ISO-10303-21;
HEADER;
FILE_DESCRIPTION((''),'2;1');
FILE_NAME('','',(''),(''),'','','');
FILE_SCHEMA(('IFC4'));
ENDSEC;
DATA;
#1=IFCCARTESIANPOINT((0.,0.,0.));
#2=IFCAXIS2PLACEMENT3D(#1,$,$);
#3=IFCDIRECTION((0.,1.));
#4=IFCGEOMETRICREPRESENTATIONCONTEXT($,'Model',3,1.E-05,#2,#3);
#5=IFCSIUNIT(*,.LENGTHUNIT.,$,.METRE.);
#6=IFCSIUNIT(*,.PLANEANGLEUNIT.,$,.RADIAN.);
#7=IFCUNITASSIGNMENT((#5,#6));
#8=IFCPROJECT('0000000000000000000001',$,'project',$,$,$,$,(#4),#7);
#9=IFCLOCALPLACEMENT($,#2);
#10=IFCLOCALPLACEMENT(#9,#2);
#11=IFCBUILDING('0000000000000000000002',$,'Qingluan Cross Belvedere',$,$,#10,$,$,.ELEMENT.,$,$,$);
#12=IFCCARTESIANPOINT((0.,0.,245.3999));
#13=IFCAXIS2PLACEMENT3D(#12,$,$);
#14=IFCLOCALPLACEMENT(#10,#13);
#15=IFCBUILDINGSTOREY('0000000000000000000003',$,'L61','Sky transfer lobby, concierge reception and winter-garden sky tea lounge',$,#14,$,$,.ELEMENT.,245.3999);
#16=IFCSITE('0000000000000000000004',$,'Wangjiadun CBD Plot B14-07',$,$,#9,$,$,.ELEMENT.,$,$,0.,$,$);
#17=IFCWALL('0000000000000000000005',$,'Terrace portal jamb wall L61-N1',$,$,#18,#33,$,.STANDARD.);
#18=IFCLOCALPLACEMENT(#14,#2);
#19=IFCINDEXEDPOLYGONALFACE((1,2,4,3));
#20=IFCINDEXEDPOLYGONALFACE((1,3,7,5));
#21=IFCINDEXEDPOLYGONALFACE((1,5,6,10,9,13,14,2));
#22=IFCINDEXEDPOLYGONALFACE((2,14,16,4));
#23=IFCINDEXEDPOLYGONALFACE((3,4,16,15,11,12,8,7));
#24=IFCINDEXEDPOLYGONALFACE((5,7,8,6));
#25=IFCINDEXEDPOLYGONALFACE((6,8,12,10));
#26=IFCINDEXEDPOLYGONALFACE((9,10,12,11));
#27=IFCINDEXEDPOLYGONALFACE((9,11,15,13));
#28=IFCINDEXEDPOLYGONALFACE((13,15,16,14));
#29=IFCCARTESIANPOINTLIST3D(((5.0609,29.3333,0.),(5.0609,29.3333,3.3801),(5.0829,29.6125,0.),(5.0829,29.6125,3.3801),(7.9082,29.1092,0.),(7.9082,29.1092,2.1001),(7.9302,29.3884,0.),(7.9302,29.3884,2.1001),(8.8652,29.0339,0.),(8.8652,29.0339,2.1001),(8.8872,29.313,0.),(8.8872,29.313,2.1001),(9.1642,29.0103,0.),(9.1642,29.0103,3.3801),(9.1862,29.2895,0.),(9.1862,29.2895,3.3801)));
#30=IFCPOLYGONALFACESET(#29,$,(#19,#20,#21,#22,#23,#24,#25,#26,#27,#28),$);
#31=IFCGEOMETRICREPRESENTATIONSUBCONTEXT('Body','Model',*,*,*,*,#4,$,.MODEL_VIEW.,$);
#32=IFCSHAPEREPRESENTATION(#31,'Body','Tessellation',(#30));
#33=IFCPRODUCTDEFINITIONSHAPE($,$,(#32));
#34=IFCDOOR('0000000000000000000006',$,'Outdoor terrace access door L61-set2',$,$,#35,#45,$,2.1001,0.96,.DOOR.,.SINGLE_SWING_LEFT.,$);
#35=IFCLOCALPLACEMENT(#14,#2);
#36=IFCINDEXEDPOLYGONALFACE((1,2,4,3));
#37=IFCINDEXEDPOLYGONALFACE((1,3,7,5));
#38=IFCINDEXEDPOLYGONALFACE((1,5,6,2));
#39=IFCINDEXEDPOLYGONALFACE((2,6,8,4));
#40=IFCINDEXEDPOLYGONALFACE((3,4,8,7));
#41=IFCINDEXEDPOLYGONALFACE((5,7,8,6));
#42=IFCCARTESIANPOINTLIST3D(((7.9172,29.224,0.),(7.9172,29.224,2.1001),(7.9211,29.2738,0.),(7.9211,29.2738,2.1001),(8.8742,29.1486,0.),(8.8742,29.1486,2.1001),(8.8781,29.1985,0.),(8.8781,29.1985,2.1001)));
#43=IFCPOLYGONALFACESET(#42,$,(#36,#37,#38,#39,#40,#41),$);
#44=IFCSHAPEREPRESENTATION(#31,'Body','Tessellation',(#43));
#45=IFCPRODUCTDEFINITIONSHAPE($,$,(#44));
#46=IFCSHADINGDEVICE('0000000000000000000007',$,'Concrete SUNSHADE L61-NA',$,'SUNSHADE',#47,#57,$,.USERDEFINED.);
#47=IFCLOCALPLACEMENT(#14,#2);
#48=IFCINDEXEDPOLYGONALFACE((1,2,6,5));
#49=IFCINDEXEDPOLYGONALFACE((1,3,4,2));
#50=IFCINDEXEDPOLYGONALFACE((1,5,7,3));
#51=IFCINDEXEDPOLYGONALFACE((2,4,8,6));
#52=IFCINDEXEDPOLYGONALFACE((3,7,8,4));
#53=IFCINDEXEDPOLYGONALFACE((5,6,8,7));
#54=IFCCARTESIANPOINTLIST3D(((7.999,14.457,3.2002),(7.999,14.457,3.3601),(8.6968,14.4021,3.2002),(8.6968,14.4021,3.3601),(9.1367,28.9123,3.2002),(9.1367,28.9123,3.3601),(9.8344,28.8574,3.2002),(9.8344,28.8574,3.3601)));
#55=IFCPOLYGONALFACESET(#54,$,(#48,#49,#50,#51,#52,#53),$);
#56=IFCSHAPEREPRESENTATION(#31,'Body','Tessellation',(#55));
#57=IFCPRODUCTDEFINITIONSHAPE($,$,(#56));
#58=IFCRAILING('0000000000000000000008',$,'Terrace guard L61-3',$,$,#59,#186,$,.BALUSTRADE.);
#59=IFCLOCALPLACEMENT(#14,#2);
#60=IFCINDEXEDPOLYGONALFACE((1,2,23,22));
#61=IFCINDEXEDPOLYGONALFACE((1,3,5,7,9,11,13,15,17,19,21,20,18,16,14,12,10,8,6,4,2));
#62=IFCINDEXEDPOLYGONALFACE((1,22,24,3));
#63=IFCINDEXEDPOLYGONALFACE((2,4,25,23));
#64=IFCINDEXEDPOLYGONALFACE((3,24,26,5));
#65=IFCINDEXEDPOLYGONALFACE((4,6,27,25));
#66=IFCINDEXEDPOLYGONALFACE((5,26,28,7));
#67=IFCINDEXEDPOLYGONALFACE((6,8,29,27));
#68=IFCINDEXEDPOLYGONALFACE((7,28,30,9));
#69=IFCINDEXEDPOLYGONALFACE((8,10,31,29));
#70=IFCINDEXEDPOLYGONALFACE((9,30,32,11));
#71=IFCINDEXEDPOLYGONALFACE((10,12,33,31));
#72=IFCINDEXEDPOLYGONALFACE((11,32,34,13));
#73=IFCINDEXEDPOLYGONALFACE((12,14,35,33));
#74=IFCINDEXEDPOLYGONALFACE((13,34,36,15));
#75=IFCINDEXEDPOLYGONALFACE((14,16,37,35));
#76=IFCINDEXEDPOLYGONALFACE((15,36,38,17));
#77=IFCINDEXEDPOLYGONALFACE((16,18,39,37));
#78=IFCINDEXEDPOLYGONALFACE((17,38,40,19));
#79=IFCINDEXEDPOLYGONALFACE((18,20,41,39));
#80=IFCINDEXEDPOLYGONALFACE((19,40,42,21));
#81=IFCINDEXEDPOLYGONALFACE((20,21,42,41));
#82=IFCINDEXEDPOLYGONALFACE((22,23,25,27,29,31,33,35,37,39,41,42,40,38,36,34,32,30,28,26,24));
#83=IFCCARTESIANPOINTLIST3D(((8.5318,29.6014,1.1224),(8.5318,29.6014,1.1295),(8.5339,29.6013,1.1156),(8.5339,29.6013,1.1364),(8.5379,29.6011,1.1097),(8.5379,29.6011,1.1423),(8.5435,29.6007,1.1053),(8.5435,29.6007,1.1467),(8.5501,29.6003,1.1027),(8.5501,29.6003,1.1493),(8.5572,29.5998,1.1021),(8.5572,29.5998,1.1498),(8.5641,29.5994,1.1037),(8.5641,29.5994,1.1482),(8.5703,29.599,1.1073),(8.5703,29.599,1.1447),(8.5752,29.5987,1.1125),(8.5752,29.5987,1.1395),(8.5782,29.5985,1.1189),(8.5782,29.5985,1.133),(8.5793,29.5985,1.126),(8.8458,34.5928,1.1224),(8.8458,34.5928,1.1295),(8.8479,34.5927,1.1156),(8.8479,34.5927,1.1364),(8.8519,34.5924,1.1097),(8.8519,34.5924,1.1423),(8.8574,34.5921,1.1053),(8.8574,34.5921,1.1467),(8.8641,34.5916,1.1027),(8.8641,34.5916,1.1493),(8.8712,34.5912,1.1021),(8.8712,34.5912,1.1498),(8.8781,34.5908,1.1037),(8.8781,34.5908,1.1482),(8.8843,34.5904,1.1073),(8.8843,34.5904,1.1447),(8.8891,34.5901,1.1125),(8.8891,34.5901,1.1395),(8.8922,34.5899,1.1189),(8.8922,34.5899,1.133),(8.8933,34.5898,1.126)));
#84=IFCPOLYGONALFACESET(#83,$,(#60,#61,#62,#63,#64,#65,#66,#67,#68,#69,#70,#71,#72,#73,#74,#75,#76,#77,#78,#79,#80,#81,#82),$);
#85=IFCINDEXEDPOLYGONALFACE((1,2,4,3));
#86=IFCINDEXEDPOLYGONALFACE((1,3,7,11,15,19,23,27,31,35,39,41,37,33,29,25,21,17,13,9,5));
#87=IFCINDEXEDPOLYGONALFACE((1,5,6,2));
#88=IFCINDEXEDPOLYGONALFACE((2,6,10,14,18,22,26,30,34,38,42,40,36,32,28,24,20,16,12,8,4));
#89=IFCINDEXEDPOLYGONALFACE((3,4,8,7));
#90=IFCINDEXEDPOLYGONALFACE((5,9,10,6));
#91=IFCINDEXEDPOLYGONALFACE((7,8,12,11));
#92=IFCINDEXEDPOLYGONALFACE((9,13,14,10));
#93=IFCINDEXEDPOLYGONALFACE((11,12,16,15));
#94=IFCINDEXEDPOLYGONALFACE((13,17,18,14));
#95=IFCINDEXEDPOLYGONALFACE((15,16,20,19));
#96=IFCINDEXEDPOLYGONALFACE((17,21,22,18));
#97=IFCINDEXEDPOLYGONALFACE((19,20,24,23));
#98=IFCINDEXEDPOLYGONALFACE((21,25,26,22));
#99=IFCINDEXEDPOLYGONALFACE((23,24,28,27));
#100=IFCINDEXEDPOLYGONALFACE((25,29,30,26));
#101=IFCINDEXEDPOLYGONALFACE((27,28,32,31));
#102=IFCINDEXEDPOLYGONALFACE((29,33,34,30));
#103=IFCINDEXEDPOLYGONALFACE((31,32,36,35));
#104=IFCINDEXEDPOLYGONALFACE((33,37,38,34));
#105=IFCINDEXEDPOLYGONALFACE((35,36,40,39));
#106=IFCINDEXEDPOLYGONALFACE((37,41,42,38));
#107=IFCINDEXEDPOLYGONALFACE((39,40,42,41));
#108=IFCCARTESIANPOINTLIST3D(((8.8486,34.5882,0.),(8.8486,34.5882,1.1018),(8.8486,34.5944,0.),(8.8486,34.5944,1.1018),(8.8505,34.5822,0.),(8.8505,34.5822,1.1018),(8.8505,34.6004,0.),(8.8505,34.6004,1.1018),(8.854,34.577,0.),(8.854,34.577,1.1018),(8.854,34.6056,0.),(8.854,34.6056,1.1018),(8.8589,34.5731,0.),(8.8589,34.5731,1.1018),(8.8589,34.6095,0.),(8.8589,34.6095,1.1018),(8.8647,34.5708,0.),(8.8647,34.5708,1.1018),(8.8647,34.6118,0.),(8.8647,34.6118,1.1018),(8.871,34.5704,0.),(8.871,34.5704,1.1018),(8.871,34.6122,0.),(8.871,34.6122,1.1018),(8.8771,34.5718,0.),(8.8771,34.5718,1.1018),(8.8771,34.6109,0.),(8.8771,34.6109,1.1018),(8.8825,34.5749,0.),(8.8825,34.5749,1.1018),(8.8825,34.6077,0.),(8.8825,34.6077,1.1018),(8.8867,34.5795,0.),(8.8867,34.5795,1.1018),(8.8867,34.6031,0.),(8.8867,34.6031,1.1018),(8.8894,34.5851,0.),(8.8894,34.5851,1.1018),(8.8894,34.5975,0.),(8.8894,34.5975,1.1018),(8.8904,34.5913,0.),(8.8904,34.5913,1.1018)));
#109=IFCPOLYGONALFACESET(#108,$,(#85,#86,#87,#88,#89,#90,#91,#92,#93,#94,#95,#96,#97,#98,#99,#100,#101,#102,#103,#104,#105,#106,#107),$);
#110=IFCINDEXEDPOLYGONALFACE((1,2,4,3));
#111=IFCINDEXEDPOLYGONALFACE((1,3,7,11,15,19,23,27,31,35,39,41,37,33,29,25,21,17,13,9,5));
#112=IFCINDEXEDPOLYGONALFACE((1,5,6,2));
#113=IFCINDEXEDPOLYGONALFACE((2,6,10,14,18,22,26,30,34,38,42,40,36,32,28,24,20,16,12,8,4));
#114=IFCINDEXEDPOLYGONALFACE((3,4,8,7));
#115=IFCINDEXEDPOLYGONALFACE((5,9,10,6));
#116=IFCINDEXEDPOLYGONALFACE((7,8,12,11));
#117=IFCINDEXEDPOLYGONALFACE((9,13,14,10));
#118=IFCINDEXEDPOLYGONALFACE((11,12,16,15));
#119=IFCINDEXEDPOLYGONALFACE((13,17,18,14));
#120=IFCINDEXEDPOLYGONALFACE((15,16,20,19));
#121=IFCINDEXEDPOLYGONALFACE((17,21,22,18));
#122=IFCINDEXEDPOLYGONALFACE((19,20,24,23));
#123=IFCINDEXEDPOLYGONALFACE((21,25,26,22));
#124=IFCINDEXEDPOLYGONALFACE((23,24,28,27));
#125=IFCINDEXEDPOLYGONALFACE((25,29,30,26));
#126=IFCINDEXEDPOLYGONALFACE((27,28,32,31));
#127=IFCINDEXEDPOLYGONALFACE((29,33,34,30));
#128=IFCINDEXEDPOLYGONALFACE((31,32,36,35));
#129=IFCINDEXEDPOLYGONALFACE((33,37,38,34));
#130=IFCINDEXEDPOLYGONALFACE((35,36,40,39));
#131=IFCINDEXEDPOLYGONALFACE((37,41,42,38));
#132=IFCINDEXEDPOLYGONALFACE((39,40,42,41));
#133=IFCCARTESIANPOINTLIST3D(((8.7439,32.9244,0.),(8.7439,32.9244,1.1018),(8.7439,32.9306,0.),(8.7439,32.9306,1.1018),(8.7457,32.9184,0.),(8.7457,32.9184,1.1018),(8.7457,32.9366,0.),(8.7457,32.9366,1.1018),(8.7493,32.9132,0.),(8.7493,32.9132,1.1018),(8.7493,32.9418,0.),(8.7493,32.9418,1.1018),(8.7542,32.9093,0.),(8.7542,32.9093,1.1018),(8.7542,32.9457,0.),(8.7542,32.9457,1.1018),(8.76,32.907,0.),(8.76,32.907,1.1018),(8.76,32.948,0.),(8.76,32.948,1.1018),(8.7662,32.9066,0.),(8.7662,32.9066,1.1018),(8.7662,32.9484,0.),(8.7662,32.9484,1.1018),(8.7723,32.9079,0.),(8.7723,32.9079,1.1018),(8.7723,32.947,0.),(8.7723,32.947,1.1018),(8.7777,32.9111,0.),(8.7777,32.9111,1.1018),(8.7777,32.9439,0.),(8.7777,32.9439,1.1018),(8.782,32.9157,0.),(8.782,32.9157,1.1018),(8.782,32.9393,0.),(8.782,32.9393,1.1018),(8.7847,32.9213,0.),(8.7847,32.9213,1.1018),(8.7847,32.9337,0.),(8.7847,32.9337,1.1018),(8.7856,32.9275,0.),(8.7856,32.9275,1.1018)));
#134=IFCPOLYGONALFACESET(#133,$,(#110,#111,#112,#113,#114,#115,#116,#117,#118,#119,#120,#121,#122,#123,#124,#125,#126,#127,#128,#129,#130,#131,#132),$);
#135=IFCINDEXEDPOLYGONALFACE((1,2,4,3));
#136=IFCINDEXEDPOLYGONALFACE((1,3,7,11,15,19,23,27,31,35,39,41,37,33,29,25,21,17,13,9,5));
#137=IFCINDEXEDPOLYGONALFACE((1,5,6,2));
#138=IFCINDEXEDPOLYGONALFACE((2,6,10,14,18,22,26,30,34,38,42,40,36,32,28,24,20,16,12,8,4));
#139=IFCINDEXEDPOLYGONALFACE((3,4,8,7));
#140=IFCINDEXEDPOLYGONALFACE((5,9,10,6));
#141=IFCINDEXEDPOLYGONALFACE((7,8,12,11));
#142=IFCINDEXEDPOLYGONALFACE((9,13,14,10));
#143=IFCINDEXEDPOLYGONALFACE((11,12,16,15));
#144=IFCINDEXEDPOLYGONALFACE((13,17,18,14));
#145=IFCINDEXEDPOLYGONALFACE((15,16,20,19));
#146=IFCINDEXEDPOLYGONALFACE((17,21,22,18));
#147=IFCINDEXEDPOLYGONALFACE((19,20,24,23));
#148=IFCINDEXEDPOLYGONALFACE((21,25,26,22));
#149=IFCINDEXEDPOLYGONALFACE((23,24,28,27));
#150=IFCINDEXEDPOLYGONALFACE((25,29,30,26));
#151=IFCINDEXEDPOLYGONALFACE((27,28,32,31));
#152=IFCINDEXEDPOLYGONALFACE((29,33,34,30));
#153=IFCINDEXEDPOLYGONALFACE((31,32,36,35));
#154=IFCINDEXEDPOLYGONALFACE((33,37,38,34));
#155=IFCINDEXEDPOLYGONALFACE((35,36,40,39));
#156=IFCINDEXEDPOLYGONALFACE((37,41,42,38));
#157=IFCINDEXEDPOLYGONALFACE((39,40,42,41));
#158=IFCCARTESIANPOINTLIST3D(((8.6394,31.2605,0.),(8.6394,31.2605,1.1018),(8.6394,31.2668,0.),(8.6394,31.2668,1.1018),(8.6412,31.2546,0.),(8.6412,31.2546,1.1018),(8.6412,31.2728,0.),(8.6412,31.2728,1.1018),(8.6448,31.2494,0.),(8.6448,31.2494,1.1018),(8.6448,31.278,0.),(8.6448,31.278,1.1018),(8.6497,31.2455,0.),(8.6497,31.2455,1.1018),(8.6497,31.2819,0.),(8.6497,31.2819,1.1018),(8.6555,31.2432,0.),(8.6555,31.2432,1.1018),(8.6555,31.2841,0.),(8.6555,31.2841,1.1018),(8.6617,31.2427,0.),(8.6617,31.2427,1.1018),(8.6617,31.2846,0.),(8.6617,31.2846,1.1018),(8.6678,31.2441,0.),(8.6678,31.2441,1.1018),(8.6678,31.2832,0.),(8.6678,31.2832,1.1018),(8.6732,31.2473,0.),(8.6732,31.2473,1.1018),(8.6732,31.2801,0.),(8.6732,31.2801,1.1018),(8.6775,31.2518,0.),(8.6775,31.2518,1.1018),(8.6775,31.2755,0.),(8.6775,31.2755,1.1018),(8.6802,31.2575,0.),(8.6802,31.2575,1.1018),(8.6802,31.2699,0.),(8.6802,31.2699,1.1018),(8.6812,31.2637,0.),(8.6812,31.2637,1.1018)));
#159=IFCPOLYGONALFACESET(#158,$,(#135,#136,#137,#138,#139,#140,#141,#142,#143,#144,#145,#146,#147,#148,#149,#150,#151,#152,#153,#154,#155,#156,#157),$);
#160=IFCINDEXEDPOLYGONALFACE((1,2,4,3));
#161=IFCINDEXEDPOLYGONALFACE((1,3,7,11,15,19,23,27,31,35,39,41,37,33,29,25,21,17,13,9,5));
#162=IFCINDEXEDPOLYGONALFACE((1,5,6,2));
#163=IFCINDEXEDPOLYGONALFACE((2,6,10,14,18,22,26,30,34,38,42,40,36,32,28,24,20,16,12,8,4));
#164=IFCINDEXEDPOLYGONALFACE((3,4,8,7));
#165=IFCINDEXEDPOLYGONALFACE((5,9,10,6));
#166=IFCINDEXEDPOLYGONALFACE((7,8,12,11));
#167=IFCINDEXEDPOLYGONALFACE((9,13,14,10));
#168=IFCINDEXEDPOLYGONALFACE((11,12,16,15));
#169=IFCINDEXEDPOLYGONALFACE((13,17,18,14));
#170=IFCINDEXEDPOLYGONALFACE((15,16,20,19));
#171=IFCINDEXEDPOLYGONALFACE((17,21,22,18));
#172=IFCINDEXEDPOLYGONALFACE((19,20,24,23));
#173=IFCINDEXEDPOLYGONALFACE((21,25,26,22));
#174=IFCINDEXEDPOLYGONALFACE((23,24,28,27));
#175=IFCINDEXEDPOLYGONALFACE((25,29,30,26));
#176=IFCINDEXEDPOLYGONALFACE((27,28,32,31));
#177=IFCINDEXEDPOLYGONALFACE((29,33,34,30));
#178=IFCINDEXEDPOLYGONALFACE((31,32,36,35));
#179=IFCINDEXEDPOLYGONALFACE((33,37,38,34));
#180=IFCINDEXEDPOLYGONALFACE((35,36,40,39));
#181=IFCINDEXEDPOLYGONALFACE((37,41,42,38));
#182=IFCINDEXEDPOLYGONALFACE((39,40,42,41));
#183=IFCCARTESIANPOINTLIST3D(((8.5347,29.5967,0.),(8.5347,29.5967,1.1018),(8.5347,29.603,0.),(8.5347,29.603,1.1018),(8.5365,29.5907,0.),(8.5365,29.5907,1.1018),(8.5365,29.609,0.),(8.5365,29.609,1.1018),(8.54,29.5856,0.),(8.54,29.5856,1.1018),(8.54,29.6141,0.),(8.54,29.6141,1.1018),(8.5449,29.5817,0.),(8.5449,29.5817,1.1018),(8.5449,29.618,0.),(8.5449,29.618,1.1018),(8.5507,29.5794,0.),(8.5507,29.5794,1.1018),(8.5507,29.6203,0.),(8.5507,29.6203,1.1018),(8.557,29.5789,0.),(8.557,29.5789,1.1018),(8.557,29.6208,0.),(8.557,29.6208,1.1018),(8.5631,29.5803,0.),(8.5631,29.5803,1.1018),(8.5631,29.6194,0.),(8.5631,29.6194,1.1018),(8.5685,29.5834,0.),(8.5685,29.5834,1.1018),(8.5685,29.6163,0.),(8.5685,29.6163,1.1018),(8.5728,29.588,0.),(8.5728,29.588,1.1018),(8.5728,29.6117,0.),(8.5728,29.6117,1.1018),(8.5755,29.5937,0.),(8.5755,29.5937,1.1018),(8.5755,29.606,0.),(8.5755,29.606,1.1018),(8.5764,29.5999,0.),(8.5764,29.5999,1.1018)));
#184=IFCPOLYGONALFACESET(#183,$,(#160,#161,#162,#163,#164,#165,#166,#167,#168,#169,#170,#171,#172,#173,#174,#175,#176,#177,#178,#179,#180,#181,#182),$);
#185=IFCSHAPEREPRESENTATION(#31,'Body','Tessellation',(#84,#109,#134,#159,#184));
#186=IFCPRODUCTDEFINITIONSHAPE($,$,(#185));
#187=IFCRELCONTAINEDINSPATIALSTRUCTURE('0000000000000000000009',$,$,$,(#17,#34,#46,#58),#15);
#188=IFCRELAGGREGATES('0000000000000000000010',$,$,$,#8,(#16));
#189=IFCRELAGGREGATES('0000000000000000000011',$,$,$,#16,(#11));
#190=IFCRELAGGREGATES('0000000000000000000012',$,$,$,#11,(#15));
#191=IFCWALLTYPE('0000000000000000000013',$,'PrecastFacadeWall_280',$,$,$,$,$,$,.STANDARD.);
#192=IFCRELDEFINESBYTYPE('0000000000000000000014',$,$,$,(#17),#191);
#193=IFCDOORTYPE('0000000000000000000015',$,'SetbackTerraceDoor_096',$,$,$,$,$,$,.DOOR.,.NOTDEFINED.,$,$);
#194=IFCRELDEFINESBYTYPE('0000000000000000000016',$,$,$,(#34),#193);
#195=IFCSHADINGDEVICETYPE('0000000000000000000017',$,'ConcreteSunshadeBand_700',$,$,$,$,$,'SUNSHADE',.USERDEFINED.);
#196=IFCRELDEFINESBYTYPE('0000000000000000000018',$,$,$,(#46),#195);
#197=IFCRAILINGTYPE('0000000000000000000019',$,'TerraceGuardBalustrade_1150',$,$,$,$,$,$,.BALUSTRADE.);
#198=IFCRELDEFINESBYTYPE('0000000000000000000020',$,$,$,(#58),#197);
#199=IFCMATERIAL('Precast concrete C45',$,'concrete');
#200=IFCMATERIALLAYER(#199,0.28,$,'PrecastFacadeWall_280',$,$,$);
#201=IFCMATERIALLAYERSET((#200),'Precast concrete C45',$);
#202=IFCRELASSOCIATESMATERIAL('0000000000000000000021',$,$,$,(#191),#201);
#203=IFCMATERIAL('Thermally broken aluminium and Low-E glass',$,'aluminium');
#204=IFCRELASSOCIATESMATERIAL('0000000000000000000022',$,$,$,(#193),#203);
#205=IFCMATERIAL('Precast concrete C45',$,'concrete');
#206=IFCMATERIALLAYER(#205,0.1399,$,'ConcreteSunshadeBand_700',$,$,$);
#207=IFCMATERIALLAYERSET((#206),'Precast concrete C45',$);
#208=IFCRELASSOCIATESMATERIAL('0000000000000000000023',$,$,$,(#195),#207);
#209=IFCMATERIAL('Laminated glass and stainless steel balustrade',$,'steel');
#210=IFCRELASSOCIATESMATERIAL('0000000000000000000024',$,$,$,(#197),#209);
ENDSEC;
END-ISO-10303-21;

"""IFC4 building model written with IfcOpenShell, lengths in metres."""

from ifc_helpers import new_model, si_unit, direction, frame, frame_2d, origin, origin_2d, place, context, subcontext, project, spatial, rectangle, circle, extrude, material, layer, layer_set, type_object, element, fill, save


model = new_model("IFC4")

# Units and contexts
model_context = context("Model", 3, precision=1e-05, world=origin(), true_north=direction((0.0, 1.0)))
body_context = subcontext(model_context, "Body", "Model", "MODEL_VIEW")
ifc_project = project(units=[si_unit("LENGTHUNIT", "METRE"), si_unit("PLANEANGLEUNIT", "RADIAN")], contexts=[model_context])

# Site, building, storey
site_placement = place(None, origin())
site = spatial("IfcSite", under=ifc_project, at=site_placement, Name="Wangjiadun CBD Plot B14-07", CompositionType="ELEMENT", RefElevation=0.0)
building_placement = place(site_placement, origin())
building = spatial("IfcBuilding", under=site, at=building_placement, Name="Qingluan Cross Belvedere", CompositionType="ELEMENT")
storey_placement = place(building_placement, frame((0.0, 0.0, 245.3999)))
storey = spatial("IfcBuildingStorey", under=building, at=storey_placement, Name="L61", Description="Sky transfer lobby, concierge reception and winter-garden sky tea lounge", CompositionType="ELEMENT", Elevation=245.3999)

# Wall, opening, door
ifc_material_1 = material(Name="Precast concrete C45", Category="concrete")
ifc_layer_1 = layer(ifc_material_1, 0.28, Name="PrecastFacadeWall_280")
ifc_layer_set_1 = layer_set([ifc_layer_1], Name="Precast concrete C45")
wall_type_1 = type_object("IfcWallType", Name="PrecastFacadeWall_280", PredefinedType="STANDARD", material=ifc_layer_set_1)
wall_1_placement = place(storey_placement, frame((9.1753, 29.1499, 0.0), z_axis=(0.0, 0.0, 1.0), x_axis=(-0.996916, 0.078474, 0.0)))
wall_1 = element("IfcWall", 1, at=wall_1_placement, inside=storey, type_object=wall_type_1, Name="Terrace portal jamb wall L61-N1", PredefinedType="STANDARD", context=body_context, shape_type="SweptSolid", body=[
    extrude(rectangle(XDim=4.116, YDim=0.28, at=frame_2d((2.0581, 0.0))), origin(), (0.0, 0.0, 1.0), 3.3801),
])
opening_placement = place(wall_1_placement, frame((0.3, 0.0, 0.0)))
opening = element("IfcOpeningElement", 2, at=opening_placement, cuts=wall_1, PredefinedType="OPENING", context=body_context, shape_type="SweptSolid", body=[
    extrude(rectangle(XDim=0.96, YDim=2.1001, at=frame_2d((0.48, 1.05))), frame((0.0, 0.1499, 0.0), z_axis=(0.0, -1.0, 0.0), x_axis=(1.0, 0.0, 0.0)), (0.0, 0.0, 1.0), 0.3),
])
ifc_material_2 = material(Name="Thermally broken aluminium and Low-E glass", Category="aluminium")
door_type = type_object("IfcDoorType", Name="SetbackTerraceDoor_096", OperationType="NOTDEFINED", PredefinedType="DOOR", material=ifc_material_2)
door_placement = place(opening_placement, origin())
door = element("IfcDoor", 3, at=door_placement, inside=storey, type_object=door_type, Name="Outdoor terrace access door L61-set2", OperationType="SINGLE_SWING_LEFT", OverallHeight=2.1001, OverallWidth=0.96, PredefinedType="DOOR", context=body_context, shape_type="SweptSolid", body=[
    extrude(rectangle(XDim=0.96, YDim=2.1001, at=frame_2d((0.48, 1.05))), frame((0.0, 0.0249, 0.0), z_axis=(0.0, -1.0, 0.0), x_axis=(1.0, 0.0, 0.0)), (0.0, 0.0, 1.0), 0.05),
])
fill(opening, door)

# Shading device
ifc_material_3 = material(Name="Precast concrete C45", Category="concrete")
ifc_layer_2 = layer(ifc_material_3, 0.1399, Name="ConcreteSunshadeBand_700")
ifc_layer_set_2 = layer_set([ifc_layer_2], Name="Precast concrete C45")
shading_device_type = type_object("IfcShadingDeviceType", Name="ConcreteSunshadeBand_700", ElementType="SUNSHADE", PredefinedType="USERDEFINED", material=ifc_layer_set_2)
shading_device_placement = place(storey_placement, frame((8.9167, 21.6572, 3.2002), z_axis=(0.0, 0.0, 1.0), x_axis=(0.078456, 0.996918, 0.0)))
element("IfcShadingDevice", 4, at=shading_device_placement, inside=storey, type_object=shading_device_type, Name="Concrete SUNSHADE L61-NA", ObjectType="SUNSHADE", PredefinedType="USERDEFINED", context=body_context, shape_type="SweptSolid", body=[
    extrude(rectangle(XDim=14.5, YDim=0.7, at=origin_2d()), origin(), (0.0, 0.0, 1.0), 0.1599),
])

# Railing
ifc_material_4 = material(Name="Laminated glass and stainless steel balustrade", Category="steel")
railing_type = type_object("IfcRailingType", Name="TerraceGuardBalustrade_1150", PredefinedType="BALUSTRADE", material=ifc_material_4)
railing_1_placement = place(storey_placement, frame((8.8694, 34.5913, 0.0)))
element("IfcRailing", 5, at=railing_1_placement, inside=storey, type_object=railing_type, Name="Terrace guard L61-3", PredefinedType="BALUSTRADE", context=body_context, shape_type="SweptSolid", body=[
    extrude(circle(Radius=0.0239, at=origin_2d()), frame((0.0, 0.0, 1.126), z_axis=(-0.062776, -0.998028, 0.0), x_axis=(0.998028, -0.062776, 0.0)), (0.0, 0.0, 1.0), 5.0012),
    extrude(circle(Radius=0.021, at=origin_2d()), origin(), (0.0, 0.0, 1.0), 1.1018),
    extrude(circle(Radius=0.021, at=origin_2d()), frame((-0.1047, -1.6638, 0.0)), (0.0, 0.0, 1.0), 1.1018),
    extrude(circle(Radius=0.021, at=origin_2d()), frame((-0.2092, -3.3276, 0.0)), (0.0, 0.0, 1.0), 1.1018),
    extrude(circle(Radius=0.021, at=origin_2d()), frame((-0.314, -4.9915, 0.0)), (0.0, 0.0, 1.0), 1.1018),
])

save(model, "model.ifc")
